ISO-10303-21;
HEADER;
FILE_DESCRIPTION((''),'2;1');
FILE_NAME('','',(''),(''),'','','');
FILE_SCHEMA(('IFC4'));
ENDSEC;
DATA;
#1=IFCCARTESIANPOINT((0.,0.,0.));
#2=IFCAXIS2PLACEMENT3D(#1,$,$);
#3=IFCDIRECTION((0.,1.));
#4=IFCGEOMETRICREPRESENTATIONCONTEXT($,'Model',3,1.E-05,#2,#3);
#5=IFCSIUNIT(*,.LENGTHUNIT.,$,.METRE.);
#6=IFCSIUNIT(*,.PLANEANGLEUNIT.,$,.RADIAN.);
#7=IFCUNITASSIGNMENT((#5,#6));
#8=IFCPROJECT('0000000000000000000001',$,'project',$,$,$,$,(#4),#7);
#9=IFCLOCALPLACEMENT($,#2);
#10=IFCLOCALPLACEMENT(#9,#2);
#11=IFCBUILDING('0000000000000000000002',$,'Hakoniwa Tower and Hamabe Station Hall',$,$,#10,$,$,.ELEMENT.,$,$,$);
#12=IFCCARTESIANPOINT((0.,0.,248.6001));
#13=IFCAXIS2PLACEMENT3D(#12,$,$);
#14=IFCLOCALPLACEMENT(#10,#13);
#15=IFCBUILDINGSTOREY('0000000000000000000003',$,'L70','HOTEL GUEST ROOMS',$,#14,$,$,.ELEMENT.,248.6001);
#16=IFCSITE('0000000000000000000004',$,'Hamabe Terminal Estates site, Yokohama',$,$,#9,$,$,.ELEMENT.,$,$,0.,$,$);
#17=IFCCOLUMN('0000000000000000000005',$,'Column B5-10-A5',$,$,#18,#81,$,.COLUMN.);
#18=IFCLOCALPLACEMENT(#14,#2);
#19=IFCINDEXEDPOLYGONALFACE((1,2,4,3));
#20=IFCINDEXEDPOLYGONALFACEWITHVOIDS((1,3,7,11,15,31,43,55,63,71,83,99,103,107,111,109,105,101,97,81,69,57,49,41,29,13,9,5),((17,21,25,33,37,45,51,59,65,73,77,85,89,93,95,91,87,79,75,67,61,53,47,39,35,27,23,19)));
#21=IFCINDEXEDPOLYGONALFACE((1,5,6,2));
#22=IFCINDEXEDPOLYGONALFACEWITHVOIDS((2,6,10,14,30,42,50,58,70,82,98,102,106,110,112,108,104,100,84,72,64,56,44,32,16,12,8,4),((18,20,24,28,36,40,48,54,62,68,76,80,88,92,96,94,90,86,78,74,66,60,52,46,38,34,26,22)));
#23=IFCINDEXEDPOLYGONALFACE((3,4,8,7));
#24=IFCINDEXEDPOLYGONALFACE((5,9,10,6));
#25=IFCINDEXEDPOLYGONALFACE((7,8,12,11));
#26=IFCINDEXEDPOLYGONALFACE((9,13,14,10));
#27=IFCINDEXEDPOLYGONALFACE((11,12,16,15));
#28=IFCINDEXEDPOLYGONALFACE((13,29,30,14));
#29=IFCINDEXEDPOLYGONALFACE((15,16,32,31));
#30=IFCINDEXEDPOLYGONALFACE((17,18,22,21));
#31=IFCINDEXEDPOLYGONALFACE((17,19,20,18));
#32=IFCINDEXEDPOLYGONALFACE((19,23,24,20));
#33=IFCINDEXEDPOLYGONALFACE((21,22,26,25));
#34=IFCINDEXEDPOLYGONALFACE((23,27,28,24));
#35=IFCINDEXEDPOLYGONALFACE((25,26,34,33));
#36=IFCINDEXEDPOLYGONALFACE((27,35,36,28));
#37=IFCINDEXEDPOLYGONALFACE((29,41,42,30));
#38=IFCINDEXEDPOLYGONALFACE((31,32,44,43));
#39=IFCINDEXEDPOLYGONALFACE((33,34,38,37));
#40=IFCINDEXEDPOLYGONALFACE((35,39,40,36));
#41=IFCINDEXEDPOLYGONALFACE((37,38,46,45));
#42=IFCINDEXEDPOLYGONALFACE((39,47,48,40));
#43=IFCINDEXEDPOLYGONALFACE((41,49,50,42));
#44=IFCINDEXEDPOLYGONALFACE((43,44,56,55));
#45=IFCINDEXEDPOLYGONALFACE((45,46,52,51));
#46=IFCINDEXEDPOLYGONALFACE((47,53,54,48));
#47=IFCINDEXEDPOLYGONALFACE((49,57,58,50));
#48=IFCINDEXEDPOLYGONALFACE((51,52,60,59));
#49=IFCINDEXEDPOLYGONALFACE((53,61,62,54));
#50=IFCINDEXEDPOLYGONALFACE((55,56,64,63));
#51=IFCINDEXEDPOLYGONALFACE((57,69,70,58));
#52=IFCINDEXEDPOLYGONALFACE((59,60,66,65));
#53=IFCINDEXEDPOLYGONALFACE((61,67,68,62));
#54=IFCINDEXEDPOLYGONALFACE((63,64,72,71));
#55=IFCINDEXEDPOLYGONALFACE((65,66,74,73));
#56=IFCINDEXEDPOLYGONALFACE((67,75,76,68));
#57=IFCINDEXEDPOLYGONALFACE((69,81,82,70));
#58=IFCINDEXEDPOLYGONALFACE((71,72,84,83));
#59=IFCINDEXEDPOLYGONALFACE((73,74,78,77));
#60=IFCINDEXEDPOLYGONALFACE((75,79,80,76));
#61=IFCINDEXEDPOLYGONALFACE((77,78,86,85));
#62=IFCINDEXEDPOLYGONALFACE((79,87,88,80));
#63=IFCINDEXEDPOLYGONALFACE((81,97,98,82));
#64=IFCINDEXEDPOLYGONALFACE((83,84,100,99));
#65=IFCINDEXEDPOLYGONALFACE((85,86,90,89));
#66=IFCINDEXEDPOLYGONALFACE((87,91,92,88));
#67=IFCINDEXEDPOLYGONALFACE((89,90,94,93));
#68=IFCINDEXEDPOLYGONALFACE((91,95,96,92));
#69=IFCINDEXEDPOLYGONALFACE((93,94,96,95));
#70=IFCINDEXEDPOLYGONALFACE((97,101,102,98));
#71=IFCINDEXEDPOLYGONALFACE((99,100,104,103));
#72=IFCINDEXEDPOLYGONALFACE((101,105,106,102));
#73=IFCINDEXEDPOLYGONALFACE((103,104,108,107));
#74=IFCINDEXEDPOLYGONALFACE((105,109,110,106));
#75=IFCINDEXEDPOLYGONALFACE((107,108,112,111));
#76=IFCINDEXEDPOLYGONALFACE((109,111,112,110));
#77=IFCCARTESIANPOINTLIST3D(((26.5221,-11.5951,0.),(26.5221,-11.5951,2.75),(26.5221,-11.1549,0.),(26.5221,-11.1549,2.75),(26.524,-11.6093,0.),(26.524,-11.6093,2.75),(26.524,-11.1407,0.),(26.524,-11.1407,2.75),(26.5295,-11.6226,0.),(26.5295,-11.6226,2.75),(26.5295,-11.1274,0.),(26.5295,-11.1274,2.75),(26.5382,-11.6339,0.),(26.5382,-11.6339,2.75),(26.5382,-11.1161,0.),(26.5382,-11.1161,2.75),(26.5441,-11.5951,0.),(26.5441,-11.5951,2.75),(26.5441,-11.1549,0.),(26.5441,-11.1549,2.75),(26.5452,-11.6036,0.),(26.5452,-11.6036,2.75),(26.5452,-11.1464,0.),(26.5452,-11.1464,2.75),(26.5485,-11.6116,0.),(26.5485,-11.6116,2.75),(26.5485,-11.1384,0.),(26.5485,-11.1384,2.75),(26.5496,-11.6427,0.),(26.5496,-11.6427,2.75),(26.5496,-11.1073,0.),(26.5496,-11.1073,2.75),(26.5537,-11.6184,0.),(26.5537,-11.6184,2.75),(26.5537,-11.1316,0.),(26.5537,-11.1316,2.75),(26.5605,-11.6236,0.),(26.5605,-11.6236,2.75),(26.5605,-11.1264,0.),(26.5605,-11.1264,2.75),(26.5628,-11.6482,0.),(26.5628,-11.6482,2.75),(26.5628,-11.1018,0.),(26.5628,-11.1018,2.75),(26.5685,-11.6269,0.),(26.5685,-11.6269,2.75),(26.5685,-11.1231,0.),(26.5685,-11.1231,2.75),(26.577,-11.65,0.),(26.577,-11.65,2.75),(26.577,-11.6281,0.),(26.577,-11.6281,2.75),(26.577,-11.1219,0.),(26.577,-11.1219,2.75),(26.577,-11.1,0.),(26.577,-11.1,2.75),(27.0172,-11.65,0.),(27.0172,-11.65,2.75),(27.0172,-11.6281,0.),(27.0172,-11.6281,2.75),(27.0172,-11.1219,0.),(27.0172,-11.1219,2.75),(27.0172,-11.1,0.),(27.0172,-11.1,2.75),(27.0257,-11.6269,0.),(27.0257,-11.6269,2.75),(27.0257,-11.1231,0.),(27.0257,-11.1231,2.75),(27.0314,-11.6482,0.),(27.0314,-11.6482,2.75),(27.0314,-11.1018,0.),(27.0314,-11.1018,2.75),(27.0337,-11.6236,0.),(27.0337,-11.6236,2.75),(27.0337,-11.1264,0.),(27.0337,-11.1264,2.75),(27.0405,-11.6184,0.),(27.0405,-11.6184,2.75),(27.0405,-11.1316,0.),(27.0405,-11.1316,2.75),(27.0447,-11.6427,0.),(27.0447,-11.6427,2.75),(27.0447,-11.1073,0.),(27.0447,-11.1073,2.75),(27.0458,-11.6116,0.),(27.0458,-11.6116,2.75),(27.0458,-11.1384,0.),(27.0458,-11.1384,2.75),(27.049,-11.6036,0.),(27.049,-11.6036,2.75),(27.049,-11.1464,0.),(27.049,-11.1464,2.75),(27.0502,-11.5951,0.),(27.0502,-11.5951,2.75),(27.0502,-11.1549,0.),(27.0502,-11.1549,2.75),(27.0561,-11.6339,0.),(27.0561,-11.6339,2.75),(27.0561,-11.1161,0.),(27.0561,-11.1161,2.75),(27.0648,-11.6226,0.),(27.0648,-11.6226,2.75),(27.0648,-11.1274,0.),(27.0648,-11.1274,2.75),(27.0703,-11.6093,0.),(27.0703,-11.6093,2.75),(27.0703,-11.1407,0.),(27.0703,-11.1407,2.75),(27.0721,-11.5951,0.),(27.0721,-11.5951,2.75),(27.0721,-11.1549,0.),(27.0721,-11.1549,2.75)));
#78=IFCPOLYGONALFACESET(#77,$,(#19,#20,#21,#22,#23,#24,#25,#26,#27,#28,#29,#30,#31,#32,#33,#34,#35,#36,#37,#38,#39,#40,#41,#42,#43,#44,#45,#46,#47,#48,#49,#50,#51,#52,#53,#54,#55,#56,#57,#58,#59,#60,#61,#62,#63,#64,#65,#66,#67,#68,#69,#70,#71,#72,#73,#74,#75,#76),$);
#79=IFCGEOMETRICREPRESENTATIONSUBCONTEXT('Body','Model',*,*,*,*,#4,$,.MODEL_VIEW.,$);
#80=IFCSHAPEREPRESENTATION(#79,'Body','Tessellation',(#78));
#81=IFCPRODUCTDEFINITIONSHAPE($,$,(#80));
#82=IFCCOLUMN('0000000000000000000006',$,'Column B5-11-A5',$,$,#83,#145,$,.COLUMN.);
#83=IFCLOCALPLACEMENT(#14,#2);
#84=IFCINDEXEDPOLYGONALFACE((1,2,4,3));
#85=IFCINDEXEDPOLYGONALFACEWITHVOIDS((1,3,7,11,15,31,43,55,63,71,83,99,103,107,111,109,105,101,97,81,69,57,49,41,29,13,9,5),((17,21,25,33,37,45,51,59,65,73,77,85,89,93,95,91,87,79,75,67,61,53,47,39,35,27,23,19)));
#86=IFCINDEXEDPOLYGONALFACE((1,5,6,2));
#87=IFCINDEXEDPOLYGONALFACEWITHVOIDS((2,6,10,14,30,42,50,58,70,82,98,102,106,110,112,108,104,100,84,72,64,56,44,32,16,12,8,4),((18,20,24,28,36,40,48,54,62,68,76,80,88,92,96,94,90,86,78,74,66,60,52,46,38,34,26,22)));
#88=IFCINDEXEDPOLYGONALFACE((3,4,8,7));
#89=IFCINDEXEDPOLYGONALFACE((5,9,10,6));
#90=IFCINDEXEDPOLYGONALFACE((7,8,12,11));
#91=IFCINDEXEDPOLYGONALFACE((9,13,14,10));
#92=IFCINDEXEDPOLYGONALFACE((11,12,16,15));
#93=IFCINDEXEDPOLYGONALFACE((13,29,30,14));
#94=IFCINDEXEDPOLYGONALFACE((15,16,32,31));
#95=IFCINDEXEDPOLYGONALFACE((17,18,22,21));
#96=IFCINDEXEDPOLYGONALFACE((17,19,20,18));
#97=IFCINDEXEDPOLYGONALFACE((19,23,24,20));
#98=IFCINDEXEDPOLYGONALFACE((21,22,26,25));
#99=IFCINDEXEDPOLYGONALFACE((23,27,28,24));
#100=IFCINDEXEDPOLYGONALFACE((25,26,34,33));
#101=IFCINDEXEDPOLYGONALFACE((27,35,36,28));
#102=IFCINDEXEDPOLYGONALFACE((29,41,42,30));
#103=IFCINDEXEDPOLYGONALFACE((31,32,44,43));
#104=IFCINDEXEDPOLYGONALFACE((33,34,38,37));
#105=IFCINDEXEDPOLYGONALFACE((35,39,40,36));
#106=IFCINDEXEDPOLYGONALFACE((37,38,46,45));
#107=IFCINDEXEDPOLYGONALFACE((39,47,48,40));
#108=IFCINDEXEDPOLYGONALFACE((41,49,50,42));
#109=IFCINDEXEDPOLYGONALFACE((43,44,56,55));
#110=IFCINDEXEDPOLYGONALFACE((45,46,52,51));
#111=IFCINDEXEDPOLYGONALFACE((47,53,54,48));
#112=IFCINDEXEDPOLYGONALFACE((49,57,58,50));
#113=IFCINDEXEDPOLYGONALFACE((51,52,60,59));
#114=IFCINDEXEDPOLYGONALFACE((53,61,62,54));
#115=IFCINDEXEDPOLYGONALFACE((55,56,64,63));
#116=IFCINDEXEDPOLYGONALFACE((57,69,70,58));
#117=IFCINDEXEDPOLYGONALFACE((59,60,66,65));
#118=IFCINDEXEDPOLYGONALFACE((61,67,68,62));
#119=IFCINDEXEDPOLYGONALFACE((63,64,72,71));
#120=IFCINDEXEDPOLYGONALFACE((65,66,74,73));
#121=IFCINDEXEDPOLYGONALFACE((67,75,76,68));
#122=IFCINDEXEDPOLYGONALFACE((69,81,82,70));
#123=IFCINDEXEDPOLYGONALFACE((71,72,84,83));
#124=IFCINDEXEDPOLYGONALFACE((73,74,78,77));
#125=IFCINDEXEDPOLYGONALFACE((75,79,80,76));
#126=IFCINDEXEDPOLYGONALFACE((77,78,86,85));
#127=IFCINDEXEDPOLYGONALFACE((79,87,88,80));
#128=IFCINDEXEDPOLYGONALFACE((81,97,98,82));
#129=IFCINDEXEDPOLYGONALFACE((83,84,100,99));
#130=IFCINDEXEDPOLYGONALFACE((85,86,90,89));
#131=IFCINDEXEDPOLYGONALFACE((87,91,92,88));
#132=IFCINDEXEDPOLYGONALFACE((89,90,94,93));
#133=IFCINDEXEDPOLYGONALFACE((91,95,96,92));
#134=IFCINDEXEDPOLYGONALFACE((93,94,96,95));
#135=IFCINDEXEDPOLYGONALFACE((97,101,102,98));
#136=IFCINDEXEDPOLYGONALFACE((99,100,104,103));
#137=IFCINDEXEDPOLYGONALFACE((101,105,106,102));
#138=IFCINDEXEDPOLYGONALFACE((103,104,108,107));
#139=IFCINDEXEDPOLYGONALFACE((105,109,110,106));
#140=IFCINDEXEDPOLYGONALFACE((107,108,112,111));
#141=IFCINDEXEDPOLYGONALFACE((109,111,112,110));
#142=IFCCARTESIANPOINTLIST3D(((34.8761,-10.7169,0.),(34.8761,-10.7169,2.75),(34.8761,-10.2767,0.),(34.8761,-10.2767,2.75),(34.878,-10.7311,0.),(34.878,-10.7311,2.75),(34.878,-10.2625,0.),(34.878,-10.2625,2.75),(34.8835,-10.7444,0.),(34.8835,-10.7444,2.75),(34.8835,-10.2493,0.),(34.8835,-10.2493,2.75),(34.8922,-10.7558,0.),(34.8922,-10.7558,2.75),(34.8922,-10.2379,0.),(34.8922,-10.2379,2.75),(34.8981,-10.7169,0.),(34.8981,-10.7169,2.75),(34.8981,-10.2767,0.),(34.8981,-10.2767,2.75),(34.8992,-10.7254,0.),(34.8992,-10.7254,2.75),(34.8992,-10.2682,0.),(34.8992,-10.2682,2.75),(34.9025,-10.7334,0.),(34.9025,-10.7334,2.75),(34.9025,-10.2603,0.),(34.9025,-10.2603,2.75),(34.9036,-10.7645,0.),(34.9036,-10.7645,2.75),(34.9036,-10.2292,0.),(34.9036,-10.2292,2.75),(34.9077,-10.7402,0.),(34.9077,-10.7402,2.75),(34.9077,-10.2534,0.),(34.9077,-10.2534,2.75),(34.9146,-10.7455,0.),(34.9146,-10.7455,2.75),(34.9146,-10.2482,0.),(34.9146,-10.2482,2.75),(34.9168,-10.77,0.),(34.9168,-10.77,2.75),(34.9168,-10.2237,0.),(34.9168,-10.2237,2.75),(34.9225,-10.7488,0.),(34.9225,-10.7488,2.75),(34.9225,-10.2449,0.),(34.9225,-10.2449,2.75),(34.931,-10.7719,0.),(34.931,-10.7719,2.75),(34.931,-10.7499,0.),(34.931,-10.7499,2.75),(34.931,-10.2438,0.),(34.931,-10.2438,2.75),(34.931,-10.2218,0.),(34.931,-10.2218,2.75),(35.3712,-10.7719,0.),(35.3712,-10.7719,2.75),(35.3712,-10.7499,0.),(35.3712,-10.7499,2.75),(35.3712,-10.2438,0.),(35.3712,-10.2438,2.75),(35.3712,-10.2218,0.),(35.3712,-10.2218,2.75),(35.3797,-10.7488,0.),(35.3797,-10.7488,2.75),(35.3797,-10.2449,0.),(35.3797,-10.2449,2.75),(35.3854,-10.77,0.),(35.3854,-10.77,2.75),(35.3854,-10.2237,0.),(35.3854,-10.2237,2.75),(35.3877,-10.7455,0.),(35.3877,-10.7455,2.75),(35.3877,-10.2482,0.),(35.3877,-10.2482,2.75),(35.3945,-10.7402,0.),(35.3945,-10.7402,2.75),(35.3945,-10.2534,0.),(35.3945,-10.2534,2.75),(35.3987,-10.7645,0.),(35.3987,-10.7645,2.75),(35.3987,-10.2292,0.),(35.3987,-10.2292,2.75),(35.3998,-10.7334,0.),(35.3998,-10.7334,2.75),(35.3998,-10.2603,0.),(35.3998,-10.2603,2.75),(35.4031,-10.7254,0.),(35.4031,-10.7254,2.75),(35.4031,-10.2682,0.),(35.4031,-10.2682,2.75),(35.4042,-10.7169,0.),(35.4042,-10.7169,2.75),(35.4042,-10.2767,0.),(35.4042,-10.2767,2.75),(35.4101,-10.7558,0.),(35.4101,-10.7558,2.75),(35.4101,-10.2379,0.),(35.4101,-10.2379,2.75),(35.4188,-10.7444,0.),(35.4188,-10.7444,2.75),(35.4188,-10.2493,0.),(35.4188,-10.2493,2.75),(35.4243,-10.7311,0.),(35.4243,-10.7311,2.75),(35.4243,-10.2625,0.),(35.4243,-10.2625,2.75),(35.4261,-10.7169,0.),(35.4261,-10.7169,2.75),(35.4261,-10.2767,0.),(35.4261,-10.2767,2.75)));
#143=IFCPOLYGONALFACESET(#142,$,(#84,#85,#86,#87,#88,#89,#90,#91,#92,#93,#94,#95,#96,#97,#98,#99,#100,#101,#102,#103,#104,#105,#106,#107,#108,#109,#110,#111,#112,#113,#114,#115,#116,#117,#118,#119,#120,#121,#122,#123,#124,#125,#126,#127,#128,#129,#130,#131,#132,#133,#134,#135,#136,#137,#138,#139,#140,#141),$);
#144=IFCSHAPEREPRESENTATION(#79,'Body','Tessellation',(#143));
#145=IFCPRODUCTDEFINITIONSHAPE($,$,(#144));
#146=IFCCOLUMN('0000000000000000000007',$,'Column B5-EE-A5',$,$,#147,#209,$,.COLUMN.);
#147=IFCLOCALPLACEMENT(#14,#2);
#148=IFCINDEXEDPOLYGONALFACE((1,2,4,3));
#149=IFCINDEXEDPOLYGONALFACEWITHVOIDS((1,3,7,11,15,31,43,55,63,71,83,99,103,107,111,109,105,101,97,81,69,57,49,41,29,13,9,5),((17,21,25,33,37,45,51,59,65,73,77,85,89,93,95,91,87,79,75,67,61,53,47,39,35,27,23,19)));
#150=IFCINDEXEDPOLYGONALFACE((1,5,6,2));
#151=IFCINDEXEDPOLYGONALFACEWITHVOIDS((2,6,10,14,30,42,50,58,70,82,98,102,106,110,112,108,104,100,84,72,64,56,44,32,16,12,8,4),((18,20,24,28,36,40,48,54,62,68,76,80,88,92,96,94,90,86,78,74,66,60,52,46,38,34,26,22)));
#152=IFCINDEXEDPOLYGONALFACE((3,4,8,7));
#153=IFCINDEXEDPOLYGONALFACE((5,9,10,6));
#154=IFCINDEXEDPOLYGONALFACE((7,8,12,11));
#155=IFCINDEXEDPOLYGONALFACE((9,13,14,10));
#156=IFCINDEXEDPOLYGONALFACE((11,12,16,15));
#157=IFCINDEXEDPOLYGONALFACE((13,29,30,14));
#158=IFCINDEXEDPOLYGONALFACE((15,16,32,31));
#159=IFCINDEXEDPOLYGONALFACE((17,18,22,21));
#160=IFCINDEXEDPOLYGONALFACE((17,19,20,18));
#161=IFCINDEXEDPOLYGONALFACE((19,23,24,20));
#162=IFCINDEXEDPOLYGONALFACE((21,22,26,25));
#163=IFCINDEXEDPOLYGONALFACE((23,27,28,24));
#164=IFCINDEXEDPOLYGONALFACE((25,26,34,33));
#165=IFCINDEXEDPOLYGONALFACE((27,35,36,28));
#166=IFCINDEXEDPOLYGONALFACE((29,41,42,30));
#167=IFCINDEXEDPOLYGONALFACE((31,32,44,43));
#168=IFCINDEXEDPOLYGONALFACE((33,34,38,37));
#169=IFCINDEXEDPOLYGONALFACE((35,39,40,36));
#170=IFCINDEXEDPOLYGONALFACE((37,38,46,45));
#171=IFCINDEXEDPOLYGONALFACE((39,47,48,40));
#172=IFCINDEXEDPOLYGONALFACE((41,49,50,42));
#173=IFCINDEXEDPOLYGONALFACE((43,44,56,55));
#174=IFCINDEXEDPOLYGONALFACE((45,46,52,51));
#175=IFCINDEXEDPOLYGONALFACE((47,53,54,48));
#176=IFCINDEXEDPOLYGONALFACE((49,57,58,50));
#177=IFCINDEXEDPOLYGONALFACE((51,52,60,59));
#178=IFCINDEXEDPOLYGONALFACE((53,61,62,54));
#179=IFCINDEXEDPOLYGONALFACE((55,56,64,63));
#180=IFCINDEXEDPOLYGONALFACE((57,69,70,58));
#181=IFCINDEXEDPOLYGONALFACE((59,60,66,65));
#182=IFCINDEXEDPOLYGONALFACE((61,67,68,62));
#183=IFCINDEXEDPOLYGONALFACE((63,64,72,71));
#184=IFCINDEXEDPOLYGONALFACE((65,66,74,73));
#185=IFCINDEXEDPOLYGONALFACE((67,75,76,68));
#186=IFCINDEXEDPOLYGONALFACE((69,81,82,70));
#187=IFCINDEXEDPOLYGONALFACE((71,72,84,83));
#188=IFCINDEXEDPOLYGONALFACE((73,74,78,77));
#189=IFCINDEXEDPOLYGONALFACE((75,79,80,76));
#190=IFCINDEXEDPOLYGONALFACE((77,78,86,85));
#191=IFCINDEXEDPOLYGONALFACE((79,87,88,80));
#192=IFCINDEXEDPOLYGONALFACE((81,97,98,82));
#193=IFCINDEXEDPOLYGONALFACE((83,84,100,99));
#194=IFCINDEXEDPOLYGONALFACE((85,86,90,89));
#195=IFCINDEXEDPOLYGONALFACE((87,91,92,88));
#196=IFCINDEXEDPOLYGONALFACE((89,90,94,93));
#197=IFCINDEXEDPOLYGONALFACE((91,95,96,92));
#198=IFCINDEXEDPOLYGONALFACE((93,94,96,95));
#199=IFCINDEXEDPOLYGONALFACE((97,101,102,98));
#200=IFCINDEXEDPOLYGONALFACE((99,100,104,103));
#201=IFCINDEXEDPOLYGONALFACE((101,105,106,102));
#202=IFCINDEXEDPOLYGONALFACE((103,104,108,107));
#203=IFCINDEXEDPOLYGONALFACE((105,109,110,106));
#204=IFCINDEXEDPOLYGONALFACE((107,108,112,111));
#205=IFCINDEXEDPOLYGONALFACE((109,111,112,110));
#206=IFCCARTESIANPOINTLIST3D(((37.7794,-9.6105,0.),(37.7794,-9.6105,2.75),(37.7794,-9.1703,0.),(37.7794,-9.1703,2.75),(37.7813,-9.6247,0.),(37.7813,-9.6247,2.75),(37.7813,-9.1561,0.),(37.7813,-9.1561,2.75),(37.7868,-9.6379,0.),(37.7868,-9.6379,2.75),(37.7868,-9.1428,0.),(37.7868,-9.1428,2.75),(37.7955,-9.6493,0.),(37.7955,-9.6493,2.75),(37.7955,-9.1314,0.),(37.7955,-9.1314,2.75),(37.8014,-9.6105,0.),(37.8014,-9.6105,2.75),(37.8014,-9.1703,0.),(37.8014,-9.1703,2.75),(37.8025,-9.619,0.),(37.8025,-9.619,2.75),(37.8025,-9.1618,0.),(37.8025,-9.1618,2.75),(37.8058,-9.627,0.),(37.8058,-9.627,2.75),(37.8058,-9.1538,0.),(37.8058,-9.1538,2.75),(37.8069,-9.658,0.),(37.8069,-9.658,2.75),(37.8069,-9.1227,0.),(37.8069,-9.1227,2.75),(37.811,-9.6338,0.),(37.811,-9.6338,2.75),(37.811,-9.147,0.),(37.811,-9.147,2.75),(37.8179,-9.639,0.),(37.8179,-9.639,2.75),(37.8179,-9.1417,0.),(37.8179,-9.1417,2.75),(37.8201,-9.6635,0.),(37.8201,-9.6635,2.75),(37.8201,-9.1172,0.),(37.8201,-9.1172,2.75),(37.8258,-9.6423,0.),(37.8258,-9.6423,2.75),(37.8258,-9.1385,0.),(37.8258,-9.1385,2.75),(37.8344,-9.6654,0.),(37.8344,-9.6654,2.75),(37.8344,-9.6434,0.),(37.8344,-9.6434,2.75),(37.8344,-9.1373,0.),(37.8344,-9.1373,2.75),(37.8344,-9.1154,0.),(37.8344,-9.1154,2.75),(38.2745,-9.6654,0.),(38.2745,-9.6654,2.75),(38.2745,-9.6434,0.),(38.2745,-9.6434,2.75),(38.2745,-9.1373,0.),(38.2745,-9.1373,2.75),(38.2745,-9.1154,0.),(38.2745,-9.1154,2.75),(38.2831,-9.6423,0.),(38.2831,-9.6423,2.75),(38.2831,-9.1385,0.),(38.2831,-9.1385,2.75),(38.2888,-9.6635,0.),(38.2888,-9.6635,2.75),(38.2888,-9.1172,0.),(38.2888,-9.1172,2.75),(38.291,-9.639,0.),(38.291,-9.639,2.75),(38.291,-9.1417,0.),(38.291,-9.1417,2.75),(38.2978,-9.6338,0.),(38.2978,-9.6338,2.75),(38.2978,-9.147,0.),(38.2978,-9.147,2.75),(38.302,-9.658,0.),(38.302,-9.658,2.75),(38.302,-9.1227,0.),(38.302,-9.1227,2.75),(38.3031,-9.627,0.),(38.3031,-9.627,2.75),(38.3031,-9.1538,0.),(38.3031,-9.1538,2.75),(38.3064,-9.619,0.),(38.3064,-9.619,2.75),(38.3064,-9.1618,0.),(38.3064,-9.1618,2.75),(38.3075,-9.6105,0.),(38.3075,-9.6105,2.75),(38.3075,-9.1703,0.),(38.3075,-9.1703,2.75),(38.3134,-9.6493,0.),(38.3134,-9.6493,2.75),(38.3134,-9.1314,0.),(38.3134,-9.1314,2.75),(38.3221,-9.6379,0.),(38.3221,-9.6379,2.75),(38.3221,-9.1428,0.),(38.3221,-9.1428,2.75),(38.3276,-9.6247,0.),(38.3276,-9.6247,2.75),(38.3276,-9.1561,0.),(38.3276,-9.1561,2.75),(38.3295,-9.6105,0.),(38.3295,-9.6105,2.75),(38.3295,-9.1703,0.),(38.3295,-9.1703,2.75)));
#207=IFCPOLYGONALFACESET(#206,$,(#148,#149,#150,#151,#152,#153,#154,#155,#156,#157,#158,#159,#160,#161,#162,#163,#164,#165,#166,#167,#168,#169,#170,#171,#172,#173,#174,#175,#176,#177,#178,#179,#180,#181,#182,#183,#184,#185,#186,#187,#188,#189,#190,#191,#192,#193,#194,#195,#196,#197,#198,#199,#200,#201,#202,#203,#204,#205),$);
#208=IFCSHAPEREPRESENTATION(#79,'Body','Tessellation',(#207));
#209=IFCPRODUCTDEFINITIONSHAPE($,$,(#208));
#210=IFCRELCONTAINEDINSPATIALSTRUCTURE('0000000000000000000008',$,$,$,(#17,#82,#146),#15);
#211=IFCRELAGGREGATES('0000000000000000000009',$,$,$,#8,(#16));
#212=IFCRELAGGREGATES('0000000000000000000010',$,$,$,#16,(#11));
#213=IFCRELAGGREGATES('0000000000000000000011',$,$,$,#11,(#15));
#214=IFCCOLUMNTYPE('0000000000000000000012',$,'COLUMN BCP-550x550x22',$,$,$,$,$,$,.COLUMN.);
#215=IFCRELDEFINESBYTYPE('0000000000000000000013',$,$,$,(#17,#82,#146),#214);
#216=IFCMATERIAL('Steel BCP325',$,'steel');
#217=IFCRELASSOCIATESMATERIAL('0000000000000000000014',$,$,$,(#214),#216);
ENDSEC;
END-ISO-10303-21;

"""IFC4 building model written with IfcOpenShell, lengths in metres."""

from ifc_helpers import new_model, si_unit, direction, frame, origin, origin_2d, place, context, subcontext, project, spatial, hollow_rectangle, extrude, material, material_profile, profile_set, type_object, element, save


model = new_model("IFC4")

# Units and contexts
model_context = context("Model", 3, precision=1e-05, world=origin(), true_north=direction((0.0, 1.0)))
body_context = subcontext(model_context, "Body", "Model", "MODEL_VIEW")
ifc_project = project(units=[si_unit("LENGTHUNIT", "METRE"), si_unit("PLANEANGLEUNIT", "RADIAN")], contexts=[model_context])

# Site, building, storey
site_placement = place(None, origin())
site = spatial("IfcSite", under=ifc_project, at=site_placement, Name="Hamabe Terminal Estates site, Yokohama", CompositionType="ELEMENT", RefElevation=0.0)
building_placement = place(site_placement, origin())
building = spatial("IfcBuilding", under=site, at=building_placement, Name="Hakoniwa Tower and Hamabe Station Hall", CompositionType="ELEMENT")
storey_placement = place(building_placement, frame((0.0, 0.0, 248.6001)))
storey = spatial("IfcBuildingStorey", under=building, at=storey_placement, Name="L70", Description="HOTEL GUEST ROOMS", CompositionType="ELEMENT", Elevation=248.6001)

# Columns
ifc_material_1 = material(Name="Steel BCP325", Category="steel")
ifc_material_profile_1 = material_profile(ifc_material_1, hollow_rectangle(XDim=0.55, YDim=0.55, WallThickness=0.022, InnerFilletRadius=0.033, OuterFilletRadius=0.0549, at=origin_2d()), Name="BCP-550x550x22")
ifc_profile_set_1 = profile_set([ifc_material_profile_1], Name="Steel BCP325")
column_type = type_object("IfcColumnType", Name="COLUMN BCP-550x550x22", PredefinedType="COLUMN", material=ifc_profile_set_1)
for number, where, z_axis, x_axis, name in (
    (1, (26.7971, -11.375, 0.0), (0.0, 0.0, 1.0), (1.0, 0.0, 0.0), "Column B5-10-A5"),
    (2, (35.1511, -10.4968, 0.0), (0.0, 0.0, 1.0), (1.0, 0.0, 0.0), "Column B5-11-A5"),
    (3, (38.0544, -9.3904, 0.0), (0.0, 0.0, 1.0), (1.0, 0.0, 0.0), "Column B5-EE-A5"),
):
    element("IfcColumn", number, at=place(storey_placement, frame(where, z_axis=z_axis, x_axis=x_axis)), inside=storey, type_object=column_type, Name=name, PredefinedType="COLUMN", context=body_context, shape_type="SweptSolid", body=[
        extrude(hollow_rectangle(XDim=0.55, YDim=0.55, WallThickness=0.022, InnerFilletRadius=0.033, OuterFilletRadius=0.0549, at=origin_2d()), origin(), (0.0, 0.0, 1.0), 2.75),
    ])

save(model, "model.ifc")
